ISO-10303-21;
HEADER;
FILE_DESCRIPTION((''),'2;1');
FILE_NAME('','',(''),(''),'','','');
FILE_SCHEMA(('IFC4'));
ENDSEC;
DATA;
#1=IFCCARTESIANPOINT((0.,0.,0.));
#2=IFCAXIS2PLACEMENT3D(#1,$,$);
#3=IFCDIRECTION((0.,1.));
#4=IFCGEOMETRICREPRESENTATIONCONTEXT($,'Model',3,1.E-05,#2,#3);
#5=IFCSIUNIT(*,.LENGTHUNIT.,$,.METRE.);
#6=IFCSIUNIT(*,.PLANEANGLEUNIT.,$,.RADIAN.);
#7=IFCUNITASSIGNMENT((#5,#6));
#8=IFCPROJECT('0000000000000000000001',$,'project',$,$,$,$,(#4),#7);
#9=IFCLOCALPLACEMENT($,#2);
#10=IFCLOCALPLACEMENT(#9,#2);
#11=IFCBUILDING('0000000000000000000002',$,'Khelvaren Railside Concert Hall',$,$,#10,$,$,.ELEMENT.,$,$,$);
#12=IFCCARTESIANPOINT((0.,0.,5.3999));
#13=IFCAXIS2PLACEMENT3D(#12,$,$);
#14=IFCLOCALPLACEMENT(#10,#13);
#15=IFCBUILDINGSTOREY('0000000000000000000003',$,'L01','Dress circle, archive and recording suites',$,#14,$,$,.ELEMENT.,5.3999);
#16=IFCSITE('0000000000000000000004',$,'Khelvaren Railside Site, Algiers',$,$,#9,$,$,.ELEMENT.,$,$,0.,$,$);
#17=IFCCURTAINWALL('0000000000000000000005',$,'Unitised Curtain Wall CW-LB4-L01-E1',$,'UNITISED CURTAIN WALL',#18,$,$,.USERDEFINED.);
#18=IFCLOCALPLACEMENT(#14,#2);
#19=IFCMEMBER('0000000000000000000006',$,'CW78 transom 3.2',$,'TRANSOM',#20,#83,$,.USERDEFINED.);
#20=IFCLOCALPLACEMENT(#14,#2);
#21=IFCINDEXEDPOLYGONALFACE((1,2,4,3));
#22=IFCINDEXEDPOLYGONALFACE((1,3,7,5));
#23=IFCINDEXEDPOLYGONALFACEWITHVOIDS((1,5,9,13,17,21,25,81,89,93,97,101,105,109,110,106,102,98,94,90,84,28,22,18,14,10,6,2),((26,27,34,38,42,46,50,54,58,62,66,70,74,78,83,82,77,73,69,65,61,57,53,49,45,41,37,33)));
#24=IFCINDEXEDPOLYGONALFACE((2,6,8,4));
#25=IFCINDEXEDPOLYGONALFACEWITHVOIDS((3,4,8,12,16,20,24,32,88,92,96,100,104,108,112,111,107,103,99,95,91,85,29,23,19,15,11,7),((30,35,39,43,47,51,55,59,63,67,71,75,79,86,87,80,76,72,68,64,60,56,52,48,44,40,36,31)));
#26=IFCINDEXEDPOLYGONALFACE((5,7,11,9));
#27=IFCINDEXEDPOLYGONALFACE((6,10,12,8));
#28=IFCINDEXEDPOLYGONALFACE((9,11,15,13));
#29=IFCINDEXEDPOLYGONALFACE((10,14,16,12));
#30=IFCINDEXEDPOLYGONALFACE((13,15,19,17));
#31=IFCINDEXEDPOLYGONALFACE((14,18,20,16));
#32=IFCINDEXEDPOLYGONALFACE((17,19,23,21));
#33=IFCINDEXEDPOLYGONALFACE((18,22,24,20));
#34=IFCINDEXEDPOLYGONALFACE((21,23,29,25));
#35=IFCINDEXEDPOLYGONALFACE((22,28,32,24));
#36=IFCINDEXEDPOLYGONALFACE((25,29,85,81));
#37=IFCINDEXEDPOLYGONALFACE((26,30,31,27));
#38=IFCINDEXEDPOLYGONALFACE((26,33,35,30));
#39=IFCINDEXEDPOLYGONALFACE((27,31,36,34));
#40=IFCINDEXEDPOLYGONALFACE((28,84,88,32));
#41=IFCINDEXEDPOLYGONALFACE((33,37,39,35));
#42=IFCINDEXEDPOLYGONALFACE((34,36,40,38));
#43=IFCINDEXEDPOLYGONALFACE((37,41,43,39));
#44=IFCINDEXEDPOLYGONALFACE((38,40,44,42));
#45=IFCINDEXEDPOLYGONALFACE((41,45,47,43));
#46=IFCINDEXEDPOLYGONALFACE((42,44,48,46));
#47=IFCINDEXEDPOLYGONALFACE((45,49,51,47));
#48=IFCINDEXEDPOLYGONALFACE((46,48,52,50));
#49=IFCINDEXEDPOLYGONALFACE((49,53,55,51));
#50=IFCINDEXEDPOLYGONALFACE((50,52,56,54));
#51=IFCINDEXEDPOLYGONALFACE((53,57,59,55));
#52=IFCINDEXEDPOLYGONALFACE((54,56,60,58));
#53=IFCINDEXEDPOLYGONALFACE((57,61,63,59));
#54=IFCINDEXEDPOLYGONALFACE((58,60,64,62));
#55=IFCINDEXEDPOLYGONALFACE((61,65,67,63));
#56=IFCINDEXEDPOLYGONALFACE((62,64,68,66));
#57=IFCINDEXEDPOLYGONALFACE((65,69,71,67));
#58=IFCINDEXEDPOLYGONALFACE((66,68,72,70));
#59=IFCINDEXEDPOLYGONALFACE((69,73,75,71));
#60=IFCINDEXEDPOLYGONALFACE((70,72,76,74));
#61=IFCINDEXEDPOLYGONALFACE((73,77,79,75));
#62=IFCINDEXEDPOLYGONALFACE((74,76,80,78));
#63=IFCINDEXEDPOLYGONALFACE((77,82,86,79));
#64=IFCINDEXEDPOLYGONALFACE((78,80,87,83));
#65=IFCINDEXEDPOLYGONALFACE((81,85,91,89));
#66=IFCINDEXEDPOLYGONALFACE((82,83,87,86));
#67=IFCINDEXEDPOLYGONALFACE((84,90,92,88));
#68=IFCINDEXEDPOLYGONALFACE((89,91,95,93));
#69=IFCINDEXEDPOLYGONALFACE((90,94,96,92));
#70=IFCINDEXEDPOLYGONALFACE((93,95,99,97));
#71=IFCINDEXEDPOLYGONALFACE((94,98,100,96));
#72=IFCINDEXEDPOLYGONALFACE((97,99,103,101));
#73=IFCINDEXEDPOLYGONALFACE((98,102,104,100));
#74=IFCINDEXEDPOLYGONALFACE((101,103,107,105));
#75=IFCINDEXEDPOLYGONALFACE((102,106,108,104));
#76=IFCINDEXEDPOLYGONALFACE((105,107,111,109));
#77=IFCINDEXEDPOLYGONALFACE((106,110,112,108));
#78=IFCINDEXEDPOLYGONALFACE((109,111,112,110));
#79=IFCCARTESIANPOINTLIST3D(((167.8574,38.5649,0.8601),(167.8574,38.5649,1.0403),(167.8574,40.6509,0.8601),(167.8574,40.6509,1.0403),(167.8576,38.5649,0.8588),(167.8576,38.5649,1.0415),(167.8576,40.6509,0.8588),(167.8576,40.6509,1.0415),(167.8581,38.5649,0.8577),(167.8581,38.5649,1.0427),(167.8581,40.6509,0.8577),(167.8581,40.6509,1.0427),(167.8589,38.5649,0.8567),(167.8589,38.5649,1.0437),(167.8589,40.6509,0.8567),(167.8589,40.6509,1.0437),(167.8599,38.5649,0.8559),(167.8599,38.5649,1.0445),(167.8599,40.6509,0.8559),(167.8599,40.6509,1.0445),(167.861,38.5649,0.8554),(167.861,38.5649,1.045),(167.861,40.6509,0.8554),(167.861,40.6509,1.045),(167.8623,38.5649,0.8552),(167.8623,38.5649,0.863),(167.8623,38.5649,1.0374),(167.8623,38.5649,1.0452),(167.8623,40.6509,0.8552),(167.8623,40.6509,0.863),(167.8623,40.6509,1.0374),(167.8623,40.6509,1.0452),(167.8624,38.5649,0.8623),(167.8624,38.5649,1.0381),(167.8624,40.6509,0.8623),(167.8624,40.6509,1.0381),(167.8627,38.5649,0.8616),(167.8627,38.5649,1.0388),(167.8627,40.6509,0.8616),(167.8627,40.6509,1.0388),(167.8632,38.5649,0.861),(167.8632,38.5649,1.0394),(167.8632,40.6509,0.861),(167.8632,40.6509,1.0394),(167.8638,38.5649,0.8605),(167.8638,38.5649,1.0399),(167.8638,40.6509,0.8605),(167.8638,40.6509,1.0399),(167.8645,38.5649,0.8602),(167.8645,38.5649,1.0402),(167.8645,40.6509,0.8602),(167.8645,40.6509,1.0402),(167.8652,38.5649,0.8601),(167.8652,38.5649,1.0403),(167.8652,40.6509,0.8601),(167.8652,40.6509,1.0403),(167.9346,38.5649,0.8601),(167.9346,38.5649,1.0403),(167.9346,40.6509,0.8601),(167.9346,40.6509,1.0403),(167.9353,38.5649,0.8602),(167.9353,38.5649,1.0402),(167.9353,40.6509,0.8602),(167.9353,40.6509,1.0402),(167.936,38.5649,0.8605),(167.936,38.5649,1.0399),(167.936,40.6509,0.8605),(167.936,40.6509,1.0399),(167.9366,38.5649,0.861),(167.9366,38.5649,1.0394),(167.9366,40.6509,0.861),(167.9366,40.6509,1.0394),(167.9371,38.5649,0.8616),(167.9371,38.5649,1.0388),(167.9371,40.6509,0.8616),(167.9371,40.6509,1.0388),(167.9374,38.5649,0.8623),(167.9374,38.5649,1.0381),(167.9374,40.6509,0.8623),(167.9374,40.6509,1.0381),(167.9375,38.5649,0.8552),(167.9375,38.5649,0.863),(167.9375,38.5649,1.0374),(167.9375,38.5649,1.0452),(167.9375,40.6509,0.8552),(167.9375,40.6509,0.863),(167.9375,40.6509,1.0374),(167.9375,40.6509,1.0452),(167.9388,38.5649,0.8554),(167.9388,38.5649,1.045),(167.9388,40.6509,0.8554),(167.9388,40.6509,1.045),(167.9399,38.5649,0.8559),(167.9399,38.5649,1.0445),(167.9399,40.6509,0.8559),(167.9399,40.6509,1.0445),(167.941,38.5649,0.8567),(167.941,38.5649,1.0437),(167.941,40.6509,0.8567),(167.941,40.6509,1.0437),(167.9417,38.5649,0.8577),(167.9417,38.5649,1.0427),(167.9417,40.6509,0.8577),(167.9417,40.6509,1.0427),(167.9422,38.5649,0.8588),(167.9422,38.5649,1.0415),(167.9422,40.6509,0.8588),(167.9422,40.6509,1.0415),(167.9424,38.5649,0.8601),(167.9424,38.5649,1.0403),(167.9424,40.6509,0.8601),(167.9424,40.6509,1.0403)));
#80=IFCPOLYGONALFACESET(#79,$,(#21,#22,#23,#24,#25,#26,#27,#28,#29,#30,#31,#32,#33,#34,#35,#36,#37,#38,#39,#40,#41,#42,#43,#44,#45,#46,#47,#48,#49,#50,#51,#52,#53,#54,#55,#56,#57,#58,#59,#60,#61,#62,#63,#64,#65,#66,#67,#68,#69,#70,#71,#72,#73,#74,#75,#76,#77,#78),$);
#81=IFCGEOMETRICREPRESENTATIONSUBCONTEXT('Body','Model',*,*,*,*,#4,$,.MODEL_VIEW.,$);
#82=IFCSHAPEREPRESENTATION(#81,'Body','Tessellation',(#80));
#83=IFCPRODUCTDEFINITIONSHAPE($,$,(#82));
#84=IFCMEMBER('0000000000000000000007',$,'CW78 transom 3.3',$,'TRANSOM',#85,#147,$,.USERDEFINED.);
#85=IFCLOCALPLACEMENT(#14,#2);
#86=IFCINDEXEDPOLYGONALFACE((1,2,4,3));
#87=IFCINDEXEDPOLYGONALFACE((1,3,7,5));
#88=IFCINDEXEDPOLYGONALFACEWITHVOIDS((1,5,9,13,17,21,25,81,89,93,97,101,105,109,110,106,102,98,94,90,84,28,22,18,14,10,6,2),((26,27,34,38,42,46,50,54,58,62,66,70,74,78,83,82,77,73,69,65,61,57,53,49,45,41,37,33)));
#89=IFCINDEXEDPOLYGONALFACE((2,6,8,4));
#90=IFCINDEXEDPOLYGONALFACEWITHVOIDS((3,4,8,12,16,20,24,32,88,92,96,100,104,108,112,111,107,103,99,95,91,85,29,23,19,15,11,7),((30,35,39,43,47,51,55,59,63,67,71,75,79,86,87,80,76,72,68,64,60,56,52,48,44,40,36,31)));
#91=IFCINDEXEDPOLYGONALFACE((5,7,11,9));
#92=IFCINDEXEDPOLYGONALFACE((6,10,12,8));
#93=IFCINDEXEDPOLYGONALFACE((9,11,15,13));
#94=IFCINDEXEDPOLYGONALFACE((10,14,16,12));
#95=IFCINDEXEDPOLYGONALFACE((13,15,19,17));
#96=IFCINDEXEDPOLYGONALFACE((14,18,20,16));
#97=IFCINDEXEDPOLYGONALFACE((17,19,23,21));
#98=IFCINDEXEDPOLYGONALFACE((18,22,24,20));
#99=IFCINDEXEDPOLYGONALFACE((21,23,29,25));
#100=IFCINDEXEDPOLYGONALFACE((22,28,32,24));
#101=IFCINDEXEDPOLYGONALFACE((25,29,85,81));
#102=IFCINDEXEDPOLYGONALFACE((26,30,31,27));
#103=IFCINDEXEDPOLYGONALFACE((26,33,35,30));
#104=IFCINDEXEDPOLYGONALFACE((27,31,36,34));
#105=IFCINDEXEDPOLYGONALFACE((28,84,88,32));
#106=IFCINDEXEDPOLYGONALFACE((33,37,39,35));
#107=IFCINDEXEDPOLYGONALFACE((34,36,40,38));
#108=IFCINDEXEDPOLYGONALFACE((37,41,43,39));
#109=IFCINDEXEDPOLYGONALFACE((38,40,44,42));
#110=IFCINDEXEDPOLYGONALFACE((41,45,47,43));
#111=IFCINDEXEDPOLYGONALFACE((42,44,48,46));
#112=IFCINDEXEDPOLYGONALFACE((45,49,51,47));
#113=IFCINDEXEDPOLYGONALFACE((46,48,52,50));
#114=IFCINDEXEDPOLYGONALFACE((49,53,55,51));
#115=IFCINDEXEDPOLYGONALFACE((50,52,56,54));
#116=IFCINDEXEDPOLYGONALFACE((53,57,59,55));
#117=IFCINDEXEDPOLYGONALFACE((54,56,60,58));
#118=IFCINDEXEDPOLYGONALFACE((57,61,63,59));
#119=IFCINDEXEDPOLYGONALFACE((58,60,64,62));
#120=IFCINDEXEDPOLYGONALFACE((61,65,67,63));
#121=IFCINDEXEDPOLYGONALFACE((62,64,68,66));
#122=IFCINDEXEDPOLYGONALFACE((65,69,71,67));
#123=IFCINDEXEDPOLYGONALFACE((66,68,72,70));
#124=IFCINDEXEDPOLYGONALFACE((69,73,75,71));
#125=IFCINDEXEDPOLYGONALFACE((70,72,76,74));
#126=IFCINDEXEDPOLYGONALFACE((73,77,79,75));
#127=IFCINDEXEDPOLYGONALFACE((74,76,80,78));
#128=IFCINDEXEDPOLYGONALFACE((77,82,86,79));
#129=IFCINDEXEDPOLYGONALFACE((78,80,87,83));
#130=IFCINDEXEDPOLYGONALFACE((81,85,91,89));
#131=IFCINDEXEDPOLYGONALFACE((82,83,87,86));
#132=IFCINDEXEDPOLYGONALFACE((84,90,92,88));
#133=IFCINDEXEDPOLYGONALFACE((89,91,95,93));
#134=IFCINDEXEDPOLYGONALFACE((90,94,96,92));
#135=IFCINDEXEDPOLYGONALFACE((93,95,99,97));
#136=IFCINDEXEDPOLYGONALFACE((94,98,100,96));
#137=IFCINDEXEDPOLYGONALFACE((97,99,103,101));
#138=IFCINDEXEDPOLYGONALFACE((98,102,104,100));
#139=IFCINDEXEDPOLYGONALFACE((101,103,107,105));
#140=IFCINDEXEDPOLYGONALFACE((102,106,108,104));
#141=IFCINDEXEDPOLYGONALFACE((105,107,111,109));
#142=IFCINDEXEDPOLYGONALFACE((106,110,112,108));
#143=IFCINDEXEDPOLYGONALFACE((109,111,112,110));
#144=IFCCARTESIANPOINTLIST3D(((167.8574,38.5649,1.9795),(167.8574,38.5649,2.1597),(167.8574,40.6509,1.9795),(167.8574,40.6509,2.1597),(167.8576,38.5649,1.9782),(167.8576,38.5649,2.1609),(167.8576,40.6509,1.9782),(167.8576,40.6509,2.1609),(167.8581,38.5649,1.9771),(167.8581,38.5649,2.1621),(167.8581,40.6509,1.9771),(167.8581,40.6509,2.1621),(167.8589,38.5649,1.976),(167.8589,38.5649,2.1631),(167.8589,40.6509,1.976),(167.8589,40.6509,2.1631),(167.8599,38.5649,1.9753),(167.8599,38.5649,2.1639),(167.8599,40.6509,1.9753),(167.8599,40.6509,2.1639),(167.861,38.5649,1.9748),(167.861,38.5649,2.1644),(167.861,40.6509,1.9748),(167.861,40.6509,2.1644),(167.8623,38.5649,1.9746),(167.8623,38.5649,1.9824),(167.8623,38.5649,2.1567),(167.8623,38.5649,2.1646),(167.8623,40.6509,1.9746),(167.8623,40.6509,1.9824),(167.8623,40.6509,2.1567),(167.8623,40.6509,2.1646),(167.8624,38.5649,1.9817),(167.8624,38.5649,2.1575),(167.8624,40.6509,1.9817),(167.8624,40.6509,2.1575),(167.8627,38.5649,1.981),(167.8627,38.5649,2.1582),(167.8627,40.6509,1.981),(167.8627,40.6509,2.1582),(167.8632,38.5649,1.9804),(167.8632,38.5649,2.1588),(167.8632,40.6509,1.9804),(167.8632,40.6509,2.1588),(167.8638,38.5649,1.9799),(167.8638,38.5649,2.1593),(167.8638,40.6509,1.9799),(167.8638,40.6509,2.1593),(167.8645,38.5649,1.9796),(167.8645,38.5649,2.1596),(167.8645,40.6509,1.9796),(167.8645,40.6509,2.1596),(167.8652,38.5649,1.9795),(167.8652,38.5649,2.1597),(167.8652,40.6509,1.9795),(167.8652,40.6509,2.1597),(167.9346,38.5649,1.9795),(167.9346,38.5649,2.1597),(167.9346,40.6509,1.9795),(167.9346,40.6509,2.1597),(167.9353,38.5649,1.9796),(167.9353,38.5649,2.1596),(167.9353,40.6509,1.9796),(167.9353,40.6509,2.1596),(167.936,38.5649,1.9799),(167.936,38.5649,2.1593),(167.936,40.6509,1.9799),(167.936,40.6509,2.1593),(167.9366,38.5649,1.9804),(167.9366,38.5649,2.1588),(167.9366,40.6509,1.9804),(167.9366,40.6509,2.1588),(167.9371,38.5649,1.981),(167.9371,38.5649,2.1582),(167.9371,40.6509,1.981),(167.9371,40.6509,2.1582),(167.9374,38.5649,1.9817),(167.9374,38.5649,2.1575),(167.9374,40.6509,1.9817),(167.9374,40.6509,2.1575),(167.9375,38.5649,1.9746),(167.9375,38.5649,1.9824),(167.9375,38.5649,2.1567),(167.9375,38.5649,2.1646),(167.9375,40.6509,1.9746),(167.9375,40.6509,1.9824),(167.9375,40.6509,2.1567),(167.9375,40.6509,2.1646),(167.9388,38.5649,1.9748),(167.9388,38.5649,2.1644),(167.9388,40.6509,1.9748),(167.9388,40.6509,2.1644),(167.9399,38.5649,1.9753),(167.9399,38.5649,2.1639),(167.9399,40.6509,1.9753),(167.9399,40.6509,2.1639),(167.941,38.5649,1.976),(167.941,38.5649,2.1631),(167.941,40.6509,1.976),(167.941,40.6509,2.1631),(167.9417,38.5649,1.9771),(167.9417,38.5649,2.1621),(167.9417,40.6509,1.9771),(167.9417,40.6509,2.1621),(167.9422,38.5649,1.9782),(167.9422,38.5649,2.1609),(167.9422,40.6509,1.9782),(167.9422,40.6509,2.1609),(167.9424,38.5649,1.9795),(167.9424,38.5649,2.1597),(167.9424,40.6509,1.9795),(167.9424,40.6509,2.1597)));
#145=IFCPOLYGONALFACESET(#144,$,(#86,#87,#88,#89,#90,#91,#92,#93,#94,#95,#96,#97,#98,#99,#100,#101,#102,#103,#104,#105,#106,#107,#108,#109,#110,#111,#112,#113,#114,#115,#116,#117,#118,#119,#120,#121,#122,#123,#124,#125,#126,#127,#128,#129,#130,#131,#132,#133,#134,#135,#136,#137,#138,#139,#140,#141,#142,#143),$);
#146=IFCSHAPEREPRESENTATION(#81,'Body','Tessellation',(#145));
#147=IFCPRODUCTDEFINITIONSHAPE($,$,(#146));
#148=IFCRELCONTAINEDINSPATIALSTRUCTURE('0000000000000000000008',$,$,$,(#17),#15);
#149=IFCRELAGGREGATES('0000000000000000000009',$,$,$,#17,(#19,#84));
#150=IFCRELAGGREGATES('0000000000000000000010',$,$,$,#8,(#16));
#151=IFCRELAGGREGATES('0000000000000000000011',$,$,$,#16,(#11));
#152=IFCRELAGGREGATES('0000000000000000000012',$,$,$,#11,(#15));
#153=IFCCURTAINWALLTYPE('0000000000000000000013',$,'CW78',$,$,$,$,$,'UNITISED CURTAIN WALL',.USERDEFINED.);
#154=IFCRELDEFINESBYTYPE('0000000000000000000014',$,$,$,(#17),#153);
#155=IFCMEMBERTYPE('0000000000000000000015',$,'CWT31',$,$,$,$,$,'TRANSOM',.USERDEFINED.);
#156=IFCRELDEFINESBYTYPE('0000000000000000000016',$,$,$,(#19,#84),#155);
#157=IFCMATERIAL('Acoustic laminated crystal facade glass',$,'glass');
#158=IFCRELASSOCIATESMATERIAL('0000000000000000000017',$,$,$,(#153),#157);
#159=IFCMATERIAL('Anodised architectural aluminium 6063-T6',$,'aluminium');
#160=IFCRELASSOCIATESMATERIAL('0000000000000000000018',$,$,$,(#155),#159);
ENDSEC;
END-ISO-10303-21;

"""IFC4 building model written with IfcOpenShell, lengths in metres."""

from ifc_helpers import new_model, si_unit, direction, frame, origin, origin_2d, place, context, subcontext, project, spatial, hollow_rectangle, extrude, material, material_profile, profile_set, type_object, element, aggregate, save


model = new_model("IFC4")

# Units and contexts
model_context = context("Model", 3, precision=1e-05, world=origin(), true_north=direction((0.0, 1.0)))
body_context = subcontext(model_context, "Body", "Model", "MODEL_VIEW")
ifc_project = project(units=[si_unit("LENGTHUNIT", "METRE"), si_unit("PLANEANGLEUNIT", "RADIAN")], contexts=[model_context])

# Site, building, storey
site_placement = place(None, origin())
site = spatial("IfcSite", under=ifc_project, at=site_placement, Name="Khelvaren Railside Site, Algiers", CompositionType="ELEMENT", RefElevation=0.0)
building_placement = place(site_placement, origin())
building = spatial("IfcBuilding", under=site, at=building_placement, Name="Khelvaren Railside Concert Hall", CompositionType="ELEMENT")
storey_placement = place(building_placement, frame((0.0, 0.0, 5.3999)))
storey = spatial("IfcBuildingStorey", under=building, at=storey_placement, Name="L01", Description="Dress circle, archive and recording suites", CompositionType="ELEMENT", Elevation=5.3999)

# Curtain wall, members
ifc_material_1 = material(Name="Acoustic laminated crystal facade glass", Category="glass")
curtain_wall_type = type_object("IfcCurtainWallType", Name="CW78", ElementType="UNITISED CURTAIN WALL", PredefinedType="USERDEFINED", material=ifc_material_1)
curtain_wall_placement = place(storey_placement, origin())
curtain_wall = element("IfcCurtainWall", 1, at=curtain_wall_placement, inside=storey, type_object=curtain_wall_type, Name="Unitised Curtain Wall CW-LB4-L01-E1", ObjectType="UNITISED CURTAIN WALL", PredefinedType="USERDEFINED")
ifc_material_2 = material(Name="Anodised architectural aluminium 6063-T6", Category="aluminium")
ifc_material_profile_1 = material_profile(ifc_material_2, hollow_rectangle(XDim=0.085, YDim=0.1899, WallThickness=0.0049, InnerFilletRadius=0.0029, OuterFilletRadius=0.0049, at=origin_2d()), Name="CWT 85x190x5")
ifc_profile_set_1 = profile_set([ifc_material_profile_1], Name="Anodised architectural aluminium 6063-T6")
member_type_1 = type_object("IfcMemberType", Name="CWT31", ElementType="TRANSOM", PredefinedType="USERDEFINED", material=ifc_profile_set_1)
member_1_placement = place(storey_placement, frame((167.8999, 40.6509, 0.9502), z_axis=(0.0, -1.0, 0.0), x_axis=(1.0, 0.0, 0.0)))
member_1 = element("IfcMember", 2, at=member_1_placement, type_object=member_type_1, Name="CW78 transom 3.2", ObjectType="TRANSOM", PredefinedType="USERDEFINED", context=body_context, shape_type="SweptSolid", body=[
    extrude(hollow_rectangle(XDim=0.085, YDim=0.1899, WallThickness=0.0049, InnerFilletRadius=0.0029, OuterFilletRadius=0.0049, at=origin_2d()), origin(), (0.0, 0.0, 1.0), 2.0859),
])
member_2_placement = place(storey_placement, frame((167.8999, 40.6509, 2.0696), z_axis=(0.0, -1.0, 0.0), x_axis=(1.0, 0.0, 0.0)))
member_2 = element("IfcMember", 3, at=member_2_placement, type_object=member_type_1, Name="CW78 transom 3.3", ObjectType="TRANSOM", PredefinedType="USERDEFINED", context=body_context, shape_type="SweptSolid", body=[
    extrude(hollow_rectangle(XDim=0.085, YDim=0.1899, WallThickness=0.0049, InnerFilletRadius=0.0029, OuterFilletRadius=0.0049, at=origin_2d()), origin(), (0.0, 0.0, 1.0), 2.0859),
])

aggregate(curtain_wall, [member_1, member_2])

save(model, "model.ifc")
